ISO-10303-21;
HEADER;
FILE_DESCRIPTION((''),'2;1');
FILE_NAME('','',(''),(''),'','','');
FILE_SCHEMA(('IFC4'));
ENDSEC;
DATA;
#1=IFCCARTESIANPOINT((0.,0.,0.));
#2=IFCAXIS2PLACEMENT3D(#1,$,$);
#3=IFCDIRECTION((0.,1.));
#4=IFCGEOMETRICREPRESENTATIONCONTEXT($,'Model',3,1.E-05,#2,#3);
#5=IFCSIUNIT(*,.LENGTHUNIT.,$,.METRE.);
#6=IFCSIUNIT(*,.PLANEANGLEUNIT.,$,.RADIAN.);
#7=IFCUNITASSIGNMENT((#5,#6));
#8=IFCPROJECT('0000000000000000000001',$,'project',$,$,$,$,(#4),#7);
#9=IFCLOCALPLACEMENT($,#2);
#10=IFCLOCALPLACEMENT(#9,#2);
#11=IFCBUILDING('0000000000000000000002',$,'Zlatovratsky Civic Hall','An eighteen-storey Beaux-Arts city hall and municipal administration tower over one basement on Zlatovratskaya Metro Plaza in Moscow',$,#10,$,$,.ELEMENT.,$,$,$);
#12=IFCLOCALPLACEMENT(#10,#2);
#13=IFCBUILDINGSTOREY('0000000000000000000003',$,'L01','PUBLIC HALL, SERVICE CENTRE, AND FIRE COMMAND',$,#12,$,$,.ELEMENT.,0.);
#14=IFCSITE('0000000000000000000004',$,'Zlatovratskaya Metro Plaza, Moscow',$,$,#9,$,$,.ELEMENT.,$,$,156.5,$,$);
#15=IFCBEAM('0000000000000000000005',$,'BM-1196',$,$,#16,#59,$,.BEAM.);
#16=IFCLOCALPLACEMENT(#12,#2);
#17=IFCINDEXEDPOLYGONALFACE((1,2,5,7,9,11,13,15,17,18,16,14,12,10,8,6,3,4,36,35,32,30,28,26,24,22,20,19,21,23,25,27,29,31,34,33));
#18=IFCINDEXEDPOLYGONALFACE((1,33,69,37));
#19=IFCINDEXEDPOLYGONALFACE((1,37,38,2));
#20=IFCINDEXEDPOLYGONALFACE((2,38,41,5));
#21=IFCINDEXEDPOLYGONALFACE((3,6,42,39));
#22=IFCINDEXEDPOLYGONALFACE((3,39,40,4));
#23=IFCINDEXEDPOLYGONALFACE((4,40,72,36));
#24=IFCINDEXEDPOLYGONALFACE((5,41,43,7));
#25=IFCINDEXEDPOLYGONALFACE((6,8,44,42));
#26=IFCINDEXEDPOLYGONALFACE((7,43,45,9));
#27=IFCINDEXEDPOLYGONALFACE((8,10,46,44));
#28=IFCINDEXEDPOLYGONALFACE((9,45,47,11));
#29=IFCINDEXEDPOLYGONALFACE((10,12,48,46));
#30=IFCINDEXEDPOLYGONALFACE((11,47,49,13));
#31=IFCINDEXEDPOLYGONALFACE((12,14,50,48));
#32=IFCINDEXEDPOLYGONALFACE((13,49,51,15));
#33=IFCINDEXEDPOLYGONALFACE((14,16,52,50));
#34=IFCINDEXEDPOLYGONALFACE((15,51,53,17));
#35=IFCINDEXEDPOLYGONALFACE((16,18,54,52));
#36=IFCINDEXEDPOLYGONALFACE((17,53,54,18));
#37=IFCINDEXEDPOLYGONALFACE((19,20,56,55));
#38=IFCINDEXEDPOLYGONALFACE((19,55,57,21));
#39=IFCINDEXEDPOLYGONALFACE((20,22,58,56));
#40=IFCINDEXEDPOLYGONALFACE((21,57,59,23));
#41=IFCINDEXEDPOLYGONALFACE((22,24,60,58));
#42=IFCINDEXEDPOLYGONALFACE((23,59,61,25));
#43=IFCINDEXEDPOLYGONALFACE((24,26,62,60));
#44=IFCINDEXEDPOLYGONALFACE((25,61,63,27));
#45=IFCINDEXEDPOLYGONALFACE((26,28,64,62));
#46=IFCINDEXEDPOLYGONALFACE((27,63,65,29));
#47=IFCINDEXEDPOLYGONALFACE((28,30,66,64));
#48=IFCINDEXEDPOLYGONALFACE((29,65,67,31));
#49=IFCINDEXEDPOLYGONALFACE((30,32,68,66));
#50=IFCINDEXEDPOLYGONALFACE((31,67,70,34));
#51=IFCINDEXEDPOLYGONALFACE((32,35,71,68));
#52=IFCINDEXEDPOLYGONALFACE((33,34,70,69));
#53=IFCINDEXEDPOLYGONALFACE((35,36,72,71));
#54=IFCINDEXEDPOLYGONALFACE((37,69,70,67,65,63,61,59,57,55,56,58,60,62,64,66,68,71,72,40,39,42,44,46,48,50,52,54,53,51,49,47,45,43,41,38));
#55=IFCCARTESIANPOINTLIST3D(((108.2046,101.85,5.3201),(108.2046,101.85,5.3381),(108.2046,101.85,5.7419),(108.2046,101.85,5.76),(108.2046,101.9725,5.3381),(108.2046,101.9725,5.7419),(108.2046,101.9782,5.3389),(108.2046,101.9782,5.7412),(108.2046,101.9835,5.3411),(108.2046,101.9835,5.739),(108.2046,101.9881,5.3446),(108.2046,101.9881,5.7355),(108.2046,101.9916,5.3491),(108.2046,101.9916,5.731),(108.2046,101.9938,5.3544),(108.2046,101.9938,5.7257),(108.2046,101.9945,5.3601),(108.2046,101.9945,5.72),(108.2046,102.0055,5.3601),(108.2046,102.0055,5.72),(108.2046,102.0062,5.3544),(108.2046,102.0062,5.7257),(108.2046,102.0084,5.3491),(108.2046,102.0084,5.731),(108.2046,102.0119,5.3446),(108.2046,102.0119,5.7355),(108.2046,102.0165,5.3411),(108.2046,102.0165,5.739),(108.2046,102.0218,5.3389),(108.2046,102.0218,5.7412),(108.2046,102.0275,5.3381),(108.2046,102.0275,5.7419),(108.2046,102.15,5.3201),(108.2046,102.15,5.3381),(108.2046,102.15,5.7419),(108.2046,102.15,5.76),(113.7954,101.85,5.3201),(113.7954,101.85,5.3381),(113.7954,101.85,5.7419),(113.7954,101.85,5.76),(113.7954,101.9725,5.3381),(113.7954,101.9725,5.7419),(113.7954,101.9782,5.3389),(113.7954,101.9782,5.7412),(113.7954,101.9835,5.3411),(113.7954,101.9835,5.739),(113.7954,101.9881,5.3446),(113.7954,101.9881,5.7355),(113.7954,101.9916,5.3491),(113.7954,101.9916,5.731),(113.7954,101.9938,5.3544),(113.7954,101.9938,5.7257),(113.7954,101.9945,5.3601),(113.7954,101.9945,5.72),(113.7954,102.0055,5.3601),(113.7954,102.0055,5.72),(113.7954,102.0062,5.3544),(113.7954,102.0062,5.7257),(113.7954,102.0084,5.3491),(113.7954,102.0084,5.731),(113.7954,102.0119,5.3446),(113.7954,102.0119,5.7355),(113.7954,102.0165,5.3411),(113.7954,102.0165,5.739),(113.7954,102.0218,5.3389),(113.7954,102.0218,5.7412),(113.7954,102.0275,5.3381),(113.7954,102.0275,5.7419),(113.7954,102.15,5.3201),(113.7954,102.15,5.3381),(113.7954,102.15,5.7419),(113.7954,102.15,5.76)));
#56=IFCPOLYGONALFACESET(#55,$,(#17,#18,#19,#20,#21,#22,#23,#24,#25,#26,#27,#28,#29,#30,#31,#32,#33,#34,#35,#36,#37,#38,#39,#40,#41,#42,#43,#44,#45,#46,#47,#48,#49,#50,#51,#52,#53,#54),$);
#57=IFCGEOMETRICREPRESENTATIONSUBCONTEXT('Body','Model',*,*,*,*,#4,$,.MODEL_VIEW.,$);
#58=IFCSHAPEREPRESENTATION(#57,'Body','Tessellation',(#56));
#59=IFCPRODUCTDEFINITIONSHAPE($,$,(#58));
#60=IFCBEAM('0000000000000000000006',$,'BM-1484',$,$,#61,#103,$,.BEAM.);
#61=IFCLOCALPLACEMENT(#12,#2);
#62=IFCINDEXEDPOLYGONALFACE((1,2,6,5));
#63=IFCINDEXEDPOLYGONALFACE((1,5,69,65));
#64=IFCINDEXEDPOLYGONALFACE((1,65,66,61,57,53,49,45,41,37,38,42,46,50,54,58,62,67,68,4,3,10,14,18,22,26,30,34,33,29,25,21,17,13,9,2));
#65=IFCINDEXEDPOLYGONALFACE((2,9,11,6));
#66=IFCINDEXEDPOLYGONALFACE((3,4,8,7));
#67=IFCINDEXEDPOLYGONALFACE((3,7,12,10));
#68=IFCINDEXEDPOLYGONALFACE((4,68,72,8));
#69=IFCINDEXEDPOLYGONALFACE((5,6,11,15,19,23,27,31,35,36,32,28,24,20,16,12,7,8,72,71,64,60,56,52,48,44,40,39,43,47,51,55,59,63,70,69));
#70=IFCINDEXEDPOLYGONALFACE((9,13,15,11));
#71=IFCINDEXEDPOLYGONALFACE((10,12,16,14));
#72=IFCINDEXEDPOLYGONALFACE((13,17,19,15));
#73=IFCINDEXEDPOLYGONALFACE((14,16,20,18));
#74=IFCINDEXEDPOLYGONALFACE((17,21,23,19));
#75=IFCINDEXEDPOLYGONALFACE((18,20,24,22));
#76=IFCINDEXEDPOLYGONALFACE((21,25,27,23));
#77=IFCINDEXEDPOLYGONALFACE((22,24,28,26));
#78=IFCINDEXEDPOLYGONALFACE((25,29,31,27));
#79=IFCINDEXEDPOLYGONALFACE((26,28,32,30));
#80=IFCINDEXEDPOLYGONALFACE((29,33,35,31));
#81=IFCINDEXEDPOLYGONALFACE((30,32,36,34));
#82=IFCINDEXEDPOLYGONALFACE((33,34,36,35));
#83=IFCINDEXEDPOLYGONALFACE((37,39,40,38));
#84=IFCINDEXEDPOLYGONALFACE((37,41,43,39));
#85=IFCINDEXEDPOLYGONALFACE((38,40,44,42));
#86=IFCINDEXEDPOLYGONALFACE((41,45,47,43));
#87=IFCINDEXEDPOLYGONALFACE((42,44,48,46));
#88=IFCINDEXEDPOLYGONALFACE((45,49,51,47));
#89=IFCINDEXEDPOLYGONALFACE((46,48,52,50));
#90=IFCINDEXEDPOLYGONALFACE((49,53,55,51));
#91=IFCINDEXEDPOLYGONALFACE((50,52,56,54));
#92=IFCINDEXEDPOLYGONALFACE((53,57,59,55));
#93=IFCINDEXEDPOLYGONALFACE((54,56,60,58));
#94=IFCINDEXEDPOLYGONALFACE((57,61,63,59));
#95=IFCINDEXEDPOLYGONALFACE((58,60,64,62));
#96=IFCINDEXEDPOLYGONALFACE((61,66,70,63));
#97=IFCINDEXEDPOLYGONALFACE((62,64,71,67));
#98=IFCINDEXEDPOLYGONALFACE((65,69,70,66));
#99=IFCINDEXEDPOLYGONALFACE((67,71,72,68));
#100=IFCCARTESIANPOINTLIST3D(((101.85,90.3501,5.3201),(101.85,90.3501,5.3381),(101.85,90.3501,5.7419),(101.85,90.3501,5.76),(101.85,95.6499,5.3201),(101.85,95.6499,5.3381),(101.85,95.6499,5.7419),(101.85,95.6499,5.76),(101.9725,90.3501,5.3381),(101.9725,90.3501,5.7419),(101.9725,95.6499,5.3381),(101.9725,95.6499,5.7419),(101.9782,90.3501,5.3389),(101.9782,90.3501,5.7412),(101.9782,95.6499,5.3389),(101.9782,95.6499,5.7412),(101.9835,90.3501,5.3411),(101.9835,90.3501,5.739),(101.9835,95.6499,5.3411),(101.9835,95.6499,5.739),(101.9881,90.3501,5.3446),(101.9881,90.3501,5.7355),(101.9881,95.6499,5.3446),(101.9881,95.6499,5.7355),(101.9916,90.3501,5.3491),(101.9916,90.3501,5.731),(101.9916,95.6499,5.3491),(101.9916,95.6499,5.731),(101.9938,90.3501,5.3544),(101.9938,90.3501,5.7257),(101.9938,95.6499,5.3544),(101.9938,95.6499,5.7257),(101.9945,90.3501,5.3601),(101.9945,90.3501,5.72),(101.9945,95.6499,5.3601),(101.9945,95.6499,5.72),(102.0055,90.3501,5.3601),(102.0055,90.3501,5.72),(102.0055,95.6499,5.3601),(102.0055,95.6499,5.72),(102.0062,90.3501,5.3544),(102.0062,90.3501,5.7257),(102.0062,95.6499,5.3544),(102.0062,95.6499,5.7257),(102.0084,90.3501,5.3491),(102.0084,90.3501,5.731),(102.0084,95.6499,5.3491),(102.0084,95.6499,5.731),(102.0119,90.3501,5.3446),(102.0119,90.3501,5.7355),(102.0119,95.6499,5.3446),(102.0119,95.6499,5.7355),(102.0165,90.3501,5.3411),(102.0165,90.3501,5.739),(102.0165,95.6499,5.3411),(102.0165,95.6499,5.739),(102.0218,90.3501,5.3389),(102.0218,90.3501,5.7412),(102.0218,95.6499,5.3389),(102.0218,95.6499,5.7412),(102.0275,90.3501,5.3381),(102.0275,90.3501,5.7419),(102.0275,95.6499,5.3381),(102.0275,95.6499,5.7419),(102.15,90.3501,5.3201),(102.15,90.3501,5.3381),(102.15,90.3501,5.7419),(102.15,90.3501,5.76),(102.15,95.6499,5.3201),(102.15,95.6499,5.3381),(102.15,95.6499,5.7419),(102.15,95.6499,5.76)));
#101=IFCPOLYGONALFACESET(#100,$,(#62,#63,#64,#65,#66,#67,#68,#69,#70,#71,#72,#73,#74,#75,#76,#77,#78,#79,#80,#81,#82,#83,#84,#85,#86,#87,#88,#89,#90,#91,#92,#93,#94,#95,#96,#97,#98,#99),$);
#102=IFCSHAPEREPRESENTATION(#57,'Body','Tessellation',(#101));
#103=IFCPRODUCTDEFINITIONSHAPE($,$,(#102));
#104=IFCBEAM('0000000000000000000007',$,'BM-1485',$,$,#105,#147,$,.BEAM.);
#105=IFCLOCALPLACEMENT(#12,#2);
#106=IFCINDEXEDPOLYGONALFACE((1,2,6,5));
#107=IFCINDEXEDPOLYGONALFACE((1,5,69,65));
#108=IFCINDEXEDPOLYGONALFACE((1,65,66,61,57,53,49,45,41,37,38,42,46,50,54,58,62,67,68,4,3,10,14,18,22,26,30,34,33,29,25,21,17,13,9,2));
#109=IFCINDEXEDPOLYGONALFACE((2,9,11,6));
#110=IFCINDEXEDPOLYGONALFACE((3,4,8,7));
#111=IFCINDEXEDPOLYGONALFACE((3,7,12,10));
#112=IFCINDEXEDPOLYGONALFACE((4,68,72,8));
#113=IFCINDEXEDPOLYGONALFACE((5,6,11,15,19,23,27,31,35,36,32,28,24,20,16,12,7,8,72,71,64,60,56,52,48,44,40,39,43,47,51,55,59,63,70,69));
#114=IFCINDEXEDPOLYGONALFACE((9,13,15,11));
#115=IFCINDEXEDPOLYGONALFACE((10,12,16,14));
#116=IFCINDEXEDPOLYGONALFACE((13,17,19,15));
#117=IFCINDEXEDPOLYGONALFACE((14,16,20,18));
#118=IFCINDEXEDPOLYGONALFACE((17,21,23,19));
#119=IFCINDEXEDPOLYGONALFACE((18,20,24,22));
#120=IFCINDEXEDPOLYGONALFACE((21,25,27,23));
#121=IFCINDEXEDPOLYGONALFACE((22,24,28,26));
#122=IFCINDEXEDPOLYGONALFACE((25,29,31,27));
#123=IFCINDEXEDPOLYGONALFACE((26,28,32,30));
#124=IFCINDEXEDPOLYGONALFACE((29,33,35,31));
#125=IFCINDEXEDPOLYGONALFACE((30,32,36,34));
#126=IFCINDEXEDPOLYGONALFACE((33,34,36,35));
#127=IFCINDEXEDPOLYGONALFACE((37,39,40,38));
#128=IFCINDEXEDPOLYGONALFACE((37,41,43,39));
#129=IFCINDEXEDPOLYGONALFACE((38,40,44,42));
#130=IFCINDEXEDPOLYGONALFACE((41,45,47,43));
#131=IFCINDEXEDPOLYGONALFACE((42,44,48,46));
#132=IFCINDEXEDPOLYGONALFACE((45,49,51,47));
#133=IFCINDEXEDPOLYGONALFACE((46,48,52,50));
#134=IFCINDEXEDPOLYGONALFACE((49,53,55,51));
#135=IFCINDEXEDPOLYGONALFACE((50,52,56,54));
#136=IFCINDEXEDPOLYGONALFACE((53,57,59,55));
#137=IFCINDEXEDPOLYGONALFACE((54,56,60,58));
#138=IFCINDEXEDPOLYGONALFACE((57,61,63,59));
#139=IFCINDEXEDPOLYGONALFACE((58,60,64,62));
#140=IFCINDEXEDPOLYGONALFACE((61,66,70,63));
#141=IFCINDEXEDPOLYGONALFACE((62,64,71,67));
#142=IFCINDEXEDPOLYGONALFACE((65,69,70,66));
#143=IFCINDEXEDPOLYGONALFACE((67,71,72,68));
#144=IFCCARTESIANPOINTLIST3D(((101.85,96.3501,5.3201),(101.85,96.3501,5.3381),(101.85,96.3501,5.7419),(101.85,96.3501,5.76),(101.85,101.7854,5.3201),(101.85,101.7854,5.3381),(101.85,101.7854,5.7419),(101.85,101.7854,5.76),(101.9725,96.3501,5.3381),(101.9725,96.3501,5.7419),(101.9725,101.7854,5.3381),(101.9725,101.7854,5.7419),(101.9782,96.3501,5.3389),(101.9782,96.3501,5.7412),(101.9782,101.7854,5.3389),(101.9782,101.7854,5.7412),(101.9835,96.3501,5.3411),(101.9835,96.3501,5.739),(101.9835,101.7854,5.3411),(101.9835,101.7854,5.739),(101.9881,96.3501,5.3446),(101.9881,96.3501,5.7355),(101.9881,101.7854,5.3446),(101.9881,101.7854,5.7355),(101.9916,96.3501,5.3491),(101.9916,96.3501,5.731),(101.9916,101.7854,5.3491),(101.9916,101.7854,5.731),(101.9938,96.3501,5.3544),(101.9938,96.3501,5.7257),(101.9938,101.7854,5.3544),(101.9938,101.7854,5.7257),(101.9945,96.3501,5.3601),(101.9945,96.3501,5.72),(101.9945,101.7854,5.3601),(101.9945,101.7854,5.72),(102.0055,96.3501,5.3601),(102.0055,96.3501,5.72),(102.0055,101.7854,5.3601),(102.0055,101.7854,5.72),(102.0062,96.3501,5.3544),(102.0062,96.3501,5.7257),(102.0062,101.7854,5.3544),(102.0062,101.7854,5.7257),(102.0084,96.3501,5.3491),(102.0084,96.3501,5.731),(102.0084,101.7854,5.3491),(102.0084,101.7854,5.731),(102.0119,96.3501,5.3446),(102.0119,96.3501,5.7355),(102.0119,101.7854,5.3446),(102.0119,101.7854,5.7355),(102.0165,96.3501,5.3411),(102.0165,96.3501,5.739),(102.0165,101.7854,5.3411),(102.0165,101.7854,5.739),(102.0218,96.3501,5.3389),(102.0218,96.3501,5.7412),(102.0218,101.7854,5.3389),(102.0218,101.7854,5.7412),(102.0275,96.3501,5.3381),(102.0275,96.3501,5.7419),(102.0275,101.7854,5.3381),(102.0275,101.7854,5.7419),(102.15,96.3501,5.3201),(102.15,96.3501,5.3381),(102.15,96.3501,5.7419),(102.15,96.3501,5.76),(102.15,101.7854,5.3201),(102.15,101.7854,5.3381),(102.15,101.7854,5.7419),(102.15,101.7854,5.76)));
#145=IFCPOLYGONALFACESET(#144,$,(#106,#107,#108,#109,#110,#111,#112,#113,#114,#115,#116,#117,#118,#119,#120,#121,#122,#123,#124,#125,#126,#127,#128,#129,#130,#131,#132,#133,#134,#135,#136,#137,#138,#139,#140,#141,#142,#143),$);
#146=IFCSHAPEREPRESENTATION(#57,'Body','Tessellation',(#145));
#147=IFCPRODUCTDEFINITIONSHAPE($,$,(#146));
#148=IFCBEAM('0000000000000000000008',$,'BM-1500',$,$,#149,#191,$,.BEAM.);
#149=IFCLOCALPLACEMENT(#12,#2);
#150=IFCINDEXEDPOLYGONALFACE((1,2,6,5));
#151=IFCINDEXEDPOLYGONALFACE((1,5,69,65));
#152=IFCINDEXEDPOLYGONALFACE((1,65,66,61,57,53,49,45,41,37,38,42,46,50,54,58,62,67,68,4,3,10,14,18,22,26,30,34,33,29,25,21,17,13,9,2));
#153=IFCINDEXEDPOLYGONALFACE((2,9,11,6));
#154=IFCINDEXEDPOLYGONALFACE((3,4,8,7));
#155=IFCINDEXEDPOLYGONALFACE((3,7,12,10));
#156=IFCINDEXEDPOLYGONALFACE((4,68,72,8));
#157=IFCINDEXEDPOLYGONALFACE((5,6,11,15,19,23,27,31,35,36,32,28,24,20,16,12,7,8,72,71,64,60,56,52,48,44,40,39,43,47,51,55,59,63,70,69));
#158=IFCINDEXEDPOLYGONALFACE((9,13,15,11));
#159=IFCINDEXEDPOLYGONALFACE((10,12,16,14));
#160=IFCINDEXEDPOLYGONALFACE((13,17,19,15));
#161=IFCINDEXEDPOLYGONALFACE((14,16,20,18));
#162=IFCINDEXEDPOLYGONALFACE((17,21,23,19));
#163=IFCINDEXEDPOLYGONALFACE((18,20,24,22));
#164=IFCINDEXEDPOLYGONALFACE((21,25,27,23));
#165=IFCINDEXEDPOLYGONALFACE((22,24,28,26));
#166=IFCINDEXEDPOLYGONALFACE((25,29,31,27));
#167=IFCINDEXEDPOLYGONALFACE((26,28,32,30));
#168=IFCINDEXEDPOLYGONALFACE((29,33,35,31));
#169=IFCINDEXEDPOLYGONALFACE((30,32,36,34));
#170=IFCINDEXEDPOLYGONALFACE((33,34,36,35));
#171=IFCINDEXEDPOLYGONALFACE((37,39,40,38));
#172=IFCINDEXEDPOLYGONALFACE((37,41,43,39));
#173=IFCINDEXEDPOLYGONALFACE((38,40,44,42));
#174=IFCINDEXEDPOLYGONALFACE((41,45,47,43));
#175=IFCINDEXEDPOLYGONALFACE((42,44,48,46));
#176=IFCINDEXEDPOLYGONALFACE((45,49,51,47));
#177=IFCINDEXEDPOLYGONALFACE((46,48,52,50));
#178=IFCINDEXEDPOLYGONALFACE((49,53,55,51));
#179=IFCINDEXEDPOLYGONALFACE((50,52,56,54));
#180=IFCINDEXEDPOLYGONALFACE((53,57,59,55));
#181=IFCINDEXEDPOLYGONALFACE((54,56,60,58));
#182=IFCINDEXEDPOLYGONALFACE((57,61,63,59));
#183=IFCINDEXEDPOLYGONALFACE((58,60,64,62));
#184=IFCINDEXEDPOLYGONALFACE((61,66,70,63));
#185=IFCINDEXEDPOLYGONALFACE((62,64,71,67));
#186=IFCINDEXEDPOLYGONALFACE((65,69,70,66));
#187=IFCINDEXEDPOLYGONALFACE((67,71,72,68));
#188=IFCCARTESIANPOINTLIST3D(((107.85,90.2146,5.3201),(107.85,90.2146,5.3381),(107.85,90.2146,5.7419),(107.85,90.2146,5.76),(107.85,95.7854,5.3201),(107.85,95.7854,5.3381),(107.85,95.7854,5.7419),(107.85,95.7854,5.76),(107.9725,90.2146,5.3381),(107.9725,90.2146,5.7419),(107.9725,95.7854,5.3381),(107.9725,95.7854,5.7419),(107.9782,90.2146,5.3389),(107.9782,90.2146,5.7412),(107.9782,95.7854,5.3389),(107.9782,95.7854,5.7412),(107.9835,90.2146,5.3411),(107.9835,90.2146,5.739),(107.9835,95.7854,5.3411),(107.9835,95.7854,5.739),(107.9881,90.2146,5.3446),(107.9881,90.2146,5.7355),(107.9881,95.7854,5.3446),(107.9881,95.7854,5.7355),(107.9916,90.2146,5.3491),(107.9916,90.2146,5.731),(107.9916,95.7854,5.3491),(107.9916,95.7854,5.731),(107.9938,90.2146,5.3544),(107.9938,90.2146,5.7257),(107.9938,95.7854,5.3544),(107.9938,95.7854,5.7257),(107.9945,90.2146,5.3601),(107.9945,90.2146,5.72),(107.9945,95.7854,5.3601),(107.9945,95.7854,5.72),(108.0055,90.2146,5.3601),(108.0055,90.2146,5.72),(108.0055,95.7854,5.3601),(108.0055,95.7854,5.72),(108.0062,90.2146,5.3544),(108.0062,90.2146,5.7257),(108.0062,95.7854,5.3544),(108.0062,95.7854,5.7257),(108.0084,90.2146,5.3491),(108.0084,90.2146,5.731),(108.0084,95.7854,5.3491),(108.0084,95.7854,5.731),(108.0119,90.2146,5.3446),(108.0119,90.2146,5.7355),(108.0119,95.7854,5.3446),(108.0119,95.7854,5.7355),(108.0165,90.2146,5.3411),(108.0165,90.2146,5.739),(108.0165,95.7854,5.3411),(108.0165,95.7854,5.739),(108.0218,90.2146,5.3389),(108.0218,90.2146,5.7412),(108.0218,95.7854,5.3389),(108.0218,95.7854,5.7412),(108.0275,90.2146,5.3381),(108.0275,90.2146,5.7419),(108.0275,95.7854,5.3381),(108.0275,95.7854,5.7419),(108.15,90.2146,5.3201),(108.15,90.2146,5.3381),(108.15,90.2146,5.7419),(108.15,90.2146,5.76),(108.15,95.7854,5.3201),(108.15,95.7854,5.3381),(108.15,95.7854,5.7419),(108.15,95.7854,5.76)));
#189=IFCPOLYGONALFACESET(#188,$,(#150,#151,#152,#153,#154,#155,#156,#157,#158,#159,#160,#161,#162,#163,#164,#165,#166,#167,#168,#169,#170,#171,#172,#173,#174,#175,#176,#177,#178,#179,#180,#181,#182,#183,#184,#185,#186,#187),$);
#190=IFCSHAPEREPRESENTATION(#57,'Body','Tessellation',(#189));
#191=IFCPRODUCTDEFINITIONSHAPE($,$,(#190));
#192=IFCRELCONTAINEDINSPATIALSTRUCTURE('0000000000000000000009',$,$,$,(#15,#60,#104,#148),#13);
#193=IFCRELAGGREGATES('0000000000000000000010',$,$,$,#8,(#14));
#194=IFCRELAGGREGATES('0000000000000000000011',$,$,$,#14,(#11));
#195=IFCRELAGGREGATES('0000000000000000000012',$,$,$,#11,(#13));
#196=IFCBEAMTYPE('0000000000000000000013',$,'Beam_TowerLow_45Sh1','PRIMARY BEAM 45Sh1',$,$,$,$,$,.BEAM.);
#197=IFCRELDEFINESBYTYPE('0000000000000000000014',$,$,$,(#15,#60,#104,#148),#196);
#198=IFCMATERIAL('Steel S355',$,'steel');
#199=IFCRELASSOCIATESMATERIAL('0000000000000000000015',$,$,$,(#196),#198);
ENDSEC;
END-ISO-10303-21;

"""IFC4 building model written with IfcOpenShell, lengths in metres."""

from ifc_helpers import new_model, si_unit, direction, frame, origin, origin_2d, place, context, subcontext, project, spatial, i_section, extrude, material, material_profile, profile_set, type_object, element, save


model = new_model("IFC4")

# Units and contexts
model_context = context("Model", 3, precision=1e-05, world=origin(), true_north=direction((0.0, 1.0)))
body_context = subcontext(model_context, "Body", "Model", "MODEL_VIEW")
ifc_project = project(units=[si_unit("LENGTHUNIT", "METRE"), si_unit("PLANEANGLEUNIT", "RADIAN")], contexts=[model_context])

# Site, building, storey
site_placement = place(None, origin())
site = spatial("IfcSite", under=ifc_project, at=site_placement, Name="Zlatovratskaya Metro Plaza, Moscow", CompositionType="ELEMENT", RefElevation=156.5)
building_placement = place(site_placement, origin())
building = spatial("IfcBuilding", under=site, at=building_placement, Name="Zlatovratsky Civic Hall", Description="An eighteen-storey Beaux-Arts city hall and municipal administration tower over one basement on Zlatovratskaya Metro Plaza in Moscow", CompositionType="ELEMENT")
storey_placement = place(building_placement, origin())
storey = spatial("IfcBuildingStorey", under=building, at=storey_placement, Name="L01", Description="PUBLIC HALL, SERVICE CENTRE, AND FIRE COMMAND", CompositionType="ELEMENT", Elevation=0.0)

# Shared definitions
ifc_material_1 = material(Name="Steel S355", Category="steel")

# Beams
ifc_material_profile_1 = material_profile(ifc_material_1, i_section(OverallWidth=0.3, OverallDepth=0.4399, WebThickness=0.011, FlangeThickness=0.0181, FilletRadius=0.022, at=origin_2d()), Name="45Sh1")
ifc_profile_set_1 = profile_set([ifc_material_profile_1], Name="Steel S355")
beam_type = type_object("IfcBeamType", Name="Beam_TowerLow_45Sh1", Description="PRIMARY BEAM 45Sh1", PredefinedType="BEAM", material=ifc_profile_set_1)
for number, where, z_axis, x_axis, name in (
    (1, (108.2046, 102.0, 5.54), (1.0, 0.0, 0.0), (0.0, 1.0, 0.0), "BM-1196"),
):
    element("IfcBeam", number, at=place(storey_placement, frame(where, z_axis=z_axis, x_axis=x_axis)), inside=storey, type_object=beam_type, Name=name, PredefinedType="BEAM", context=body_context, shape_type="SweptSolid", body=[
        extrude(i_section(OverallWidth=0.3, OverallDepth=0.4399, WebThickness=0.011, FlangeThickness=0.0181, FilletRadius=0.022, at=origin_2d()), origin(), (0.0, 0.0, 1.0), 5.5908),
    ])
beam_1_placement = place(storey_placement, frame((102.0, 90.3501, 5.54), z_axis=(0.0, 1.0, 0.0), x_axis=(-1.0, 0.0, 0.0)))
element("IfcBeam", 2, at=beam_1_placement, inside=storey, type_object=beam_type, Name="BM-1484", PredefinedType="BEAM", context=body_context, shape_type="SweptSolid", body=[
    extrude(i_section(OverallWidth=0.3, OverallDepth=0.4399, WebThickness=0.011, FlangeThickness=0.0181, FilletRadius=0.022, at=origin_2d()), origin(), (0.0, 0.0, 1.0), 5.2998),
])
beam_2_placement = place(storey_placement, frame((102.0, 96.3501, 5.54), z_axis=(0.0, 1.0, 0.0), x_axis=(-1.0, 0.0, 0.0)))
element("IfcBeam", 3, at=beam_2_placement, inside=storey, type_object=beam_type, Name="BM-1485", PredefinedType="BEAM", context=body_context, shape_type="SweptSolid", body=[
    extrude(i_section(OverallWidth=0.3, OverallDepth=0.4399, WebThickness=0.011, FlangeThickness=0.0181, FilletRadius=0.022, at=origin_2d()), origin(), (0.0, 0.0, 1.0), 5.4353),
])
for number, where, z_axis, x_axis, name in (
    (4, (108.0, 90.2146, 5.54), (0.0, 1.0, 0.0), (-1.0, 0.0, 0.0), "BM-1500"),
):
    element("IfcBeam", number, at=place(storey_placement, frame(where, z_axis=z_axis, x_axis=x_axis)), inside=storey, type_object=beam_type, Name=name, PredefinedType="BEAM", context=body_context, shape_type="SweptSolid", body=[
        extrude(i_section(OverallWidth=0.3, OverallDepth=0.4399, WebThickness=0.011, FlangeThickness=0.0181, FilletRadius=0.022, at=origin_2d()), origin(), (0.0, 0.0, 1.0), 5.5708),
    ])

save(model, "model.ifc")
